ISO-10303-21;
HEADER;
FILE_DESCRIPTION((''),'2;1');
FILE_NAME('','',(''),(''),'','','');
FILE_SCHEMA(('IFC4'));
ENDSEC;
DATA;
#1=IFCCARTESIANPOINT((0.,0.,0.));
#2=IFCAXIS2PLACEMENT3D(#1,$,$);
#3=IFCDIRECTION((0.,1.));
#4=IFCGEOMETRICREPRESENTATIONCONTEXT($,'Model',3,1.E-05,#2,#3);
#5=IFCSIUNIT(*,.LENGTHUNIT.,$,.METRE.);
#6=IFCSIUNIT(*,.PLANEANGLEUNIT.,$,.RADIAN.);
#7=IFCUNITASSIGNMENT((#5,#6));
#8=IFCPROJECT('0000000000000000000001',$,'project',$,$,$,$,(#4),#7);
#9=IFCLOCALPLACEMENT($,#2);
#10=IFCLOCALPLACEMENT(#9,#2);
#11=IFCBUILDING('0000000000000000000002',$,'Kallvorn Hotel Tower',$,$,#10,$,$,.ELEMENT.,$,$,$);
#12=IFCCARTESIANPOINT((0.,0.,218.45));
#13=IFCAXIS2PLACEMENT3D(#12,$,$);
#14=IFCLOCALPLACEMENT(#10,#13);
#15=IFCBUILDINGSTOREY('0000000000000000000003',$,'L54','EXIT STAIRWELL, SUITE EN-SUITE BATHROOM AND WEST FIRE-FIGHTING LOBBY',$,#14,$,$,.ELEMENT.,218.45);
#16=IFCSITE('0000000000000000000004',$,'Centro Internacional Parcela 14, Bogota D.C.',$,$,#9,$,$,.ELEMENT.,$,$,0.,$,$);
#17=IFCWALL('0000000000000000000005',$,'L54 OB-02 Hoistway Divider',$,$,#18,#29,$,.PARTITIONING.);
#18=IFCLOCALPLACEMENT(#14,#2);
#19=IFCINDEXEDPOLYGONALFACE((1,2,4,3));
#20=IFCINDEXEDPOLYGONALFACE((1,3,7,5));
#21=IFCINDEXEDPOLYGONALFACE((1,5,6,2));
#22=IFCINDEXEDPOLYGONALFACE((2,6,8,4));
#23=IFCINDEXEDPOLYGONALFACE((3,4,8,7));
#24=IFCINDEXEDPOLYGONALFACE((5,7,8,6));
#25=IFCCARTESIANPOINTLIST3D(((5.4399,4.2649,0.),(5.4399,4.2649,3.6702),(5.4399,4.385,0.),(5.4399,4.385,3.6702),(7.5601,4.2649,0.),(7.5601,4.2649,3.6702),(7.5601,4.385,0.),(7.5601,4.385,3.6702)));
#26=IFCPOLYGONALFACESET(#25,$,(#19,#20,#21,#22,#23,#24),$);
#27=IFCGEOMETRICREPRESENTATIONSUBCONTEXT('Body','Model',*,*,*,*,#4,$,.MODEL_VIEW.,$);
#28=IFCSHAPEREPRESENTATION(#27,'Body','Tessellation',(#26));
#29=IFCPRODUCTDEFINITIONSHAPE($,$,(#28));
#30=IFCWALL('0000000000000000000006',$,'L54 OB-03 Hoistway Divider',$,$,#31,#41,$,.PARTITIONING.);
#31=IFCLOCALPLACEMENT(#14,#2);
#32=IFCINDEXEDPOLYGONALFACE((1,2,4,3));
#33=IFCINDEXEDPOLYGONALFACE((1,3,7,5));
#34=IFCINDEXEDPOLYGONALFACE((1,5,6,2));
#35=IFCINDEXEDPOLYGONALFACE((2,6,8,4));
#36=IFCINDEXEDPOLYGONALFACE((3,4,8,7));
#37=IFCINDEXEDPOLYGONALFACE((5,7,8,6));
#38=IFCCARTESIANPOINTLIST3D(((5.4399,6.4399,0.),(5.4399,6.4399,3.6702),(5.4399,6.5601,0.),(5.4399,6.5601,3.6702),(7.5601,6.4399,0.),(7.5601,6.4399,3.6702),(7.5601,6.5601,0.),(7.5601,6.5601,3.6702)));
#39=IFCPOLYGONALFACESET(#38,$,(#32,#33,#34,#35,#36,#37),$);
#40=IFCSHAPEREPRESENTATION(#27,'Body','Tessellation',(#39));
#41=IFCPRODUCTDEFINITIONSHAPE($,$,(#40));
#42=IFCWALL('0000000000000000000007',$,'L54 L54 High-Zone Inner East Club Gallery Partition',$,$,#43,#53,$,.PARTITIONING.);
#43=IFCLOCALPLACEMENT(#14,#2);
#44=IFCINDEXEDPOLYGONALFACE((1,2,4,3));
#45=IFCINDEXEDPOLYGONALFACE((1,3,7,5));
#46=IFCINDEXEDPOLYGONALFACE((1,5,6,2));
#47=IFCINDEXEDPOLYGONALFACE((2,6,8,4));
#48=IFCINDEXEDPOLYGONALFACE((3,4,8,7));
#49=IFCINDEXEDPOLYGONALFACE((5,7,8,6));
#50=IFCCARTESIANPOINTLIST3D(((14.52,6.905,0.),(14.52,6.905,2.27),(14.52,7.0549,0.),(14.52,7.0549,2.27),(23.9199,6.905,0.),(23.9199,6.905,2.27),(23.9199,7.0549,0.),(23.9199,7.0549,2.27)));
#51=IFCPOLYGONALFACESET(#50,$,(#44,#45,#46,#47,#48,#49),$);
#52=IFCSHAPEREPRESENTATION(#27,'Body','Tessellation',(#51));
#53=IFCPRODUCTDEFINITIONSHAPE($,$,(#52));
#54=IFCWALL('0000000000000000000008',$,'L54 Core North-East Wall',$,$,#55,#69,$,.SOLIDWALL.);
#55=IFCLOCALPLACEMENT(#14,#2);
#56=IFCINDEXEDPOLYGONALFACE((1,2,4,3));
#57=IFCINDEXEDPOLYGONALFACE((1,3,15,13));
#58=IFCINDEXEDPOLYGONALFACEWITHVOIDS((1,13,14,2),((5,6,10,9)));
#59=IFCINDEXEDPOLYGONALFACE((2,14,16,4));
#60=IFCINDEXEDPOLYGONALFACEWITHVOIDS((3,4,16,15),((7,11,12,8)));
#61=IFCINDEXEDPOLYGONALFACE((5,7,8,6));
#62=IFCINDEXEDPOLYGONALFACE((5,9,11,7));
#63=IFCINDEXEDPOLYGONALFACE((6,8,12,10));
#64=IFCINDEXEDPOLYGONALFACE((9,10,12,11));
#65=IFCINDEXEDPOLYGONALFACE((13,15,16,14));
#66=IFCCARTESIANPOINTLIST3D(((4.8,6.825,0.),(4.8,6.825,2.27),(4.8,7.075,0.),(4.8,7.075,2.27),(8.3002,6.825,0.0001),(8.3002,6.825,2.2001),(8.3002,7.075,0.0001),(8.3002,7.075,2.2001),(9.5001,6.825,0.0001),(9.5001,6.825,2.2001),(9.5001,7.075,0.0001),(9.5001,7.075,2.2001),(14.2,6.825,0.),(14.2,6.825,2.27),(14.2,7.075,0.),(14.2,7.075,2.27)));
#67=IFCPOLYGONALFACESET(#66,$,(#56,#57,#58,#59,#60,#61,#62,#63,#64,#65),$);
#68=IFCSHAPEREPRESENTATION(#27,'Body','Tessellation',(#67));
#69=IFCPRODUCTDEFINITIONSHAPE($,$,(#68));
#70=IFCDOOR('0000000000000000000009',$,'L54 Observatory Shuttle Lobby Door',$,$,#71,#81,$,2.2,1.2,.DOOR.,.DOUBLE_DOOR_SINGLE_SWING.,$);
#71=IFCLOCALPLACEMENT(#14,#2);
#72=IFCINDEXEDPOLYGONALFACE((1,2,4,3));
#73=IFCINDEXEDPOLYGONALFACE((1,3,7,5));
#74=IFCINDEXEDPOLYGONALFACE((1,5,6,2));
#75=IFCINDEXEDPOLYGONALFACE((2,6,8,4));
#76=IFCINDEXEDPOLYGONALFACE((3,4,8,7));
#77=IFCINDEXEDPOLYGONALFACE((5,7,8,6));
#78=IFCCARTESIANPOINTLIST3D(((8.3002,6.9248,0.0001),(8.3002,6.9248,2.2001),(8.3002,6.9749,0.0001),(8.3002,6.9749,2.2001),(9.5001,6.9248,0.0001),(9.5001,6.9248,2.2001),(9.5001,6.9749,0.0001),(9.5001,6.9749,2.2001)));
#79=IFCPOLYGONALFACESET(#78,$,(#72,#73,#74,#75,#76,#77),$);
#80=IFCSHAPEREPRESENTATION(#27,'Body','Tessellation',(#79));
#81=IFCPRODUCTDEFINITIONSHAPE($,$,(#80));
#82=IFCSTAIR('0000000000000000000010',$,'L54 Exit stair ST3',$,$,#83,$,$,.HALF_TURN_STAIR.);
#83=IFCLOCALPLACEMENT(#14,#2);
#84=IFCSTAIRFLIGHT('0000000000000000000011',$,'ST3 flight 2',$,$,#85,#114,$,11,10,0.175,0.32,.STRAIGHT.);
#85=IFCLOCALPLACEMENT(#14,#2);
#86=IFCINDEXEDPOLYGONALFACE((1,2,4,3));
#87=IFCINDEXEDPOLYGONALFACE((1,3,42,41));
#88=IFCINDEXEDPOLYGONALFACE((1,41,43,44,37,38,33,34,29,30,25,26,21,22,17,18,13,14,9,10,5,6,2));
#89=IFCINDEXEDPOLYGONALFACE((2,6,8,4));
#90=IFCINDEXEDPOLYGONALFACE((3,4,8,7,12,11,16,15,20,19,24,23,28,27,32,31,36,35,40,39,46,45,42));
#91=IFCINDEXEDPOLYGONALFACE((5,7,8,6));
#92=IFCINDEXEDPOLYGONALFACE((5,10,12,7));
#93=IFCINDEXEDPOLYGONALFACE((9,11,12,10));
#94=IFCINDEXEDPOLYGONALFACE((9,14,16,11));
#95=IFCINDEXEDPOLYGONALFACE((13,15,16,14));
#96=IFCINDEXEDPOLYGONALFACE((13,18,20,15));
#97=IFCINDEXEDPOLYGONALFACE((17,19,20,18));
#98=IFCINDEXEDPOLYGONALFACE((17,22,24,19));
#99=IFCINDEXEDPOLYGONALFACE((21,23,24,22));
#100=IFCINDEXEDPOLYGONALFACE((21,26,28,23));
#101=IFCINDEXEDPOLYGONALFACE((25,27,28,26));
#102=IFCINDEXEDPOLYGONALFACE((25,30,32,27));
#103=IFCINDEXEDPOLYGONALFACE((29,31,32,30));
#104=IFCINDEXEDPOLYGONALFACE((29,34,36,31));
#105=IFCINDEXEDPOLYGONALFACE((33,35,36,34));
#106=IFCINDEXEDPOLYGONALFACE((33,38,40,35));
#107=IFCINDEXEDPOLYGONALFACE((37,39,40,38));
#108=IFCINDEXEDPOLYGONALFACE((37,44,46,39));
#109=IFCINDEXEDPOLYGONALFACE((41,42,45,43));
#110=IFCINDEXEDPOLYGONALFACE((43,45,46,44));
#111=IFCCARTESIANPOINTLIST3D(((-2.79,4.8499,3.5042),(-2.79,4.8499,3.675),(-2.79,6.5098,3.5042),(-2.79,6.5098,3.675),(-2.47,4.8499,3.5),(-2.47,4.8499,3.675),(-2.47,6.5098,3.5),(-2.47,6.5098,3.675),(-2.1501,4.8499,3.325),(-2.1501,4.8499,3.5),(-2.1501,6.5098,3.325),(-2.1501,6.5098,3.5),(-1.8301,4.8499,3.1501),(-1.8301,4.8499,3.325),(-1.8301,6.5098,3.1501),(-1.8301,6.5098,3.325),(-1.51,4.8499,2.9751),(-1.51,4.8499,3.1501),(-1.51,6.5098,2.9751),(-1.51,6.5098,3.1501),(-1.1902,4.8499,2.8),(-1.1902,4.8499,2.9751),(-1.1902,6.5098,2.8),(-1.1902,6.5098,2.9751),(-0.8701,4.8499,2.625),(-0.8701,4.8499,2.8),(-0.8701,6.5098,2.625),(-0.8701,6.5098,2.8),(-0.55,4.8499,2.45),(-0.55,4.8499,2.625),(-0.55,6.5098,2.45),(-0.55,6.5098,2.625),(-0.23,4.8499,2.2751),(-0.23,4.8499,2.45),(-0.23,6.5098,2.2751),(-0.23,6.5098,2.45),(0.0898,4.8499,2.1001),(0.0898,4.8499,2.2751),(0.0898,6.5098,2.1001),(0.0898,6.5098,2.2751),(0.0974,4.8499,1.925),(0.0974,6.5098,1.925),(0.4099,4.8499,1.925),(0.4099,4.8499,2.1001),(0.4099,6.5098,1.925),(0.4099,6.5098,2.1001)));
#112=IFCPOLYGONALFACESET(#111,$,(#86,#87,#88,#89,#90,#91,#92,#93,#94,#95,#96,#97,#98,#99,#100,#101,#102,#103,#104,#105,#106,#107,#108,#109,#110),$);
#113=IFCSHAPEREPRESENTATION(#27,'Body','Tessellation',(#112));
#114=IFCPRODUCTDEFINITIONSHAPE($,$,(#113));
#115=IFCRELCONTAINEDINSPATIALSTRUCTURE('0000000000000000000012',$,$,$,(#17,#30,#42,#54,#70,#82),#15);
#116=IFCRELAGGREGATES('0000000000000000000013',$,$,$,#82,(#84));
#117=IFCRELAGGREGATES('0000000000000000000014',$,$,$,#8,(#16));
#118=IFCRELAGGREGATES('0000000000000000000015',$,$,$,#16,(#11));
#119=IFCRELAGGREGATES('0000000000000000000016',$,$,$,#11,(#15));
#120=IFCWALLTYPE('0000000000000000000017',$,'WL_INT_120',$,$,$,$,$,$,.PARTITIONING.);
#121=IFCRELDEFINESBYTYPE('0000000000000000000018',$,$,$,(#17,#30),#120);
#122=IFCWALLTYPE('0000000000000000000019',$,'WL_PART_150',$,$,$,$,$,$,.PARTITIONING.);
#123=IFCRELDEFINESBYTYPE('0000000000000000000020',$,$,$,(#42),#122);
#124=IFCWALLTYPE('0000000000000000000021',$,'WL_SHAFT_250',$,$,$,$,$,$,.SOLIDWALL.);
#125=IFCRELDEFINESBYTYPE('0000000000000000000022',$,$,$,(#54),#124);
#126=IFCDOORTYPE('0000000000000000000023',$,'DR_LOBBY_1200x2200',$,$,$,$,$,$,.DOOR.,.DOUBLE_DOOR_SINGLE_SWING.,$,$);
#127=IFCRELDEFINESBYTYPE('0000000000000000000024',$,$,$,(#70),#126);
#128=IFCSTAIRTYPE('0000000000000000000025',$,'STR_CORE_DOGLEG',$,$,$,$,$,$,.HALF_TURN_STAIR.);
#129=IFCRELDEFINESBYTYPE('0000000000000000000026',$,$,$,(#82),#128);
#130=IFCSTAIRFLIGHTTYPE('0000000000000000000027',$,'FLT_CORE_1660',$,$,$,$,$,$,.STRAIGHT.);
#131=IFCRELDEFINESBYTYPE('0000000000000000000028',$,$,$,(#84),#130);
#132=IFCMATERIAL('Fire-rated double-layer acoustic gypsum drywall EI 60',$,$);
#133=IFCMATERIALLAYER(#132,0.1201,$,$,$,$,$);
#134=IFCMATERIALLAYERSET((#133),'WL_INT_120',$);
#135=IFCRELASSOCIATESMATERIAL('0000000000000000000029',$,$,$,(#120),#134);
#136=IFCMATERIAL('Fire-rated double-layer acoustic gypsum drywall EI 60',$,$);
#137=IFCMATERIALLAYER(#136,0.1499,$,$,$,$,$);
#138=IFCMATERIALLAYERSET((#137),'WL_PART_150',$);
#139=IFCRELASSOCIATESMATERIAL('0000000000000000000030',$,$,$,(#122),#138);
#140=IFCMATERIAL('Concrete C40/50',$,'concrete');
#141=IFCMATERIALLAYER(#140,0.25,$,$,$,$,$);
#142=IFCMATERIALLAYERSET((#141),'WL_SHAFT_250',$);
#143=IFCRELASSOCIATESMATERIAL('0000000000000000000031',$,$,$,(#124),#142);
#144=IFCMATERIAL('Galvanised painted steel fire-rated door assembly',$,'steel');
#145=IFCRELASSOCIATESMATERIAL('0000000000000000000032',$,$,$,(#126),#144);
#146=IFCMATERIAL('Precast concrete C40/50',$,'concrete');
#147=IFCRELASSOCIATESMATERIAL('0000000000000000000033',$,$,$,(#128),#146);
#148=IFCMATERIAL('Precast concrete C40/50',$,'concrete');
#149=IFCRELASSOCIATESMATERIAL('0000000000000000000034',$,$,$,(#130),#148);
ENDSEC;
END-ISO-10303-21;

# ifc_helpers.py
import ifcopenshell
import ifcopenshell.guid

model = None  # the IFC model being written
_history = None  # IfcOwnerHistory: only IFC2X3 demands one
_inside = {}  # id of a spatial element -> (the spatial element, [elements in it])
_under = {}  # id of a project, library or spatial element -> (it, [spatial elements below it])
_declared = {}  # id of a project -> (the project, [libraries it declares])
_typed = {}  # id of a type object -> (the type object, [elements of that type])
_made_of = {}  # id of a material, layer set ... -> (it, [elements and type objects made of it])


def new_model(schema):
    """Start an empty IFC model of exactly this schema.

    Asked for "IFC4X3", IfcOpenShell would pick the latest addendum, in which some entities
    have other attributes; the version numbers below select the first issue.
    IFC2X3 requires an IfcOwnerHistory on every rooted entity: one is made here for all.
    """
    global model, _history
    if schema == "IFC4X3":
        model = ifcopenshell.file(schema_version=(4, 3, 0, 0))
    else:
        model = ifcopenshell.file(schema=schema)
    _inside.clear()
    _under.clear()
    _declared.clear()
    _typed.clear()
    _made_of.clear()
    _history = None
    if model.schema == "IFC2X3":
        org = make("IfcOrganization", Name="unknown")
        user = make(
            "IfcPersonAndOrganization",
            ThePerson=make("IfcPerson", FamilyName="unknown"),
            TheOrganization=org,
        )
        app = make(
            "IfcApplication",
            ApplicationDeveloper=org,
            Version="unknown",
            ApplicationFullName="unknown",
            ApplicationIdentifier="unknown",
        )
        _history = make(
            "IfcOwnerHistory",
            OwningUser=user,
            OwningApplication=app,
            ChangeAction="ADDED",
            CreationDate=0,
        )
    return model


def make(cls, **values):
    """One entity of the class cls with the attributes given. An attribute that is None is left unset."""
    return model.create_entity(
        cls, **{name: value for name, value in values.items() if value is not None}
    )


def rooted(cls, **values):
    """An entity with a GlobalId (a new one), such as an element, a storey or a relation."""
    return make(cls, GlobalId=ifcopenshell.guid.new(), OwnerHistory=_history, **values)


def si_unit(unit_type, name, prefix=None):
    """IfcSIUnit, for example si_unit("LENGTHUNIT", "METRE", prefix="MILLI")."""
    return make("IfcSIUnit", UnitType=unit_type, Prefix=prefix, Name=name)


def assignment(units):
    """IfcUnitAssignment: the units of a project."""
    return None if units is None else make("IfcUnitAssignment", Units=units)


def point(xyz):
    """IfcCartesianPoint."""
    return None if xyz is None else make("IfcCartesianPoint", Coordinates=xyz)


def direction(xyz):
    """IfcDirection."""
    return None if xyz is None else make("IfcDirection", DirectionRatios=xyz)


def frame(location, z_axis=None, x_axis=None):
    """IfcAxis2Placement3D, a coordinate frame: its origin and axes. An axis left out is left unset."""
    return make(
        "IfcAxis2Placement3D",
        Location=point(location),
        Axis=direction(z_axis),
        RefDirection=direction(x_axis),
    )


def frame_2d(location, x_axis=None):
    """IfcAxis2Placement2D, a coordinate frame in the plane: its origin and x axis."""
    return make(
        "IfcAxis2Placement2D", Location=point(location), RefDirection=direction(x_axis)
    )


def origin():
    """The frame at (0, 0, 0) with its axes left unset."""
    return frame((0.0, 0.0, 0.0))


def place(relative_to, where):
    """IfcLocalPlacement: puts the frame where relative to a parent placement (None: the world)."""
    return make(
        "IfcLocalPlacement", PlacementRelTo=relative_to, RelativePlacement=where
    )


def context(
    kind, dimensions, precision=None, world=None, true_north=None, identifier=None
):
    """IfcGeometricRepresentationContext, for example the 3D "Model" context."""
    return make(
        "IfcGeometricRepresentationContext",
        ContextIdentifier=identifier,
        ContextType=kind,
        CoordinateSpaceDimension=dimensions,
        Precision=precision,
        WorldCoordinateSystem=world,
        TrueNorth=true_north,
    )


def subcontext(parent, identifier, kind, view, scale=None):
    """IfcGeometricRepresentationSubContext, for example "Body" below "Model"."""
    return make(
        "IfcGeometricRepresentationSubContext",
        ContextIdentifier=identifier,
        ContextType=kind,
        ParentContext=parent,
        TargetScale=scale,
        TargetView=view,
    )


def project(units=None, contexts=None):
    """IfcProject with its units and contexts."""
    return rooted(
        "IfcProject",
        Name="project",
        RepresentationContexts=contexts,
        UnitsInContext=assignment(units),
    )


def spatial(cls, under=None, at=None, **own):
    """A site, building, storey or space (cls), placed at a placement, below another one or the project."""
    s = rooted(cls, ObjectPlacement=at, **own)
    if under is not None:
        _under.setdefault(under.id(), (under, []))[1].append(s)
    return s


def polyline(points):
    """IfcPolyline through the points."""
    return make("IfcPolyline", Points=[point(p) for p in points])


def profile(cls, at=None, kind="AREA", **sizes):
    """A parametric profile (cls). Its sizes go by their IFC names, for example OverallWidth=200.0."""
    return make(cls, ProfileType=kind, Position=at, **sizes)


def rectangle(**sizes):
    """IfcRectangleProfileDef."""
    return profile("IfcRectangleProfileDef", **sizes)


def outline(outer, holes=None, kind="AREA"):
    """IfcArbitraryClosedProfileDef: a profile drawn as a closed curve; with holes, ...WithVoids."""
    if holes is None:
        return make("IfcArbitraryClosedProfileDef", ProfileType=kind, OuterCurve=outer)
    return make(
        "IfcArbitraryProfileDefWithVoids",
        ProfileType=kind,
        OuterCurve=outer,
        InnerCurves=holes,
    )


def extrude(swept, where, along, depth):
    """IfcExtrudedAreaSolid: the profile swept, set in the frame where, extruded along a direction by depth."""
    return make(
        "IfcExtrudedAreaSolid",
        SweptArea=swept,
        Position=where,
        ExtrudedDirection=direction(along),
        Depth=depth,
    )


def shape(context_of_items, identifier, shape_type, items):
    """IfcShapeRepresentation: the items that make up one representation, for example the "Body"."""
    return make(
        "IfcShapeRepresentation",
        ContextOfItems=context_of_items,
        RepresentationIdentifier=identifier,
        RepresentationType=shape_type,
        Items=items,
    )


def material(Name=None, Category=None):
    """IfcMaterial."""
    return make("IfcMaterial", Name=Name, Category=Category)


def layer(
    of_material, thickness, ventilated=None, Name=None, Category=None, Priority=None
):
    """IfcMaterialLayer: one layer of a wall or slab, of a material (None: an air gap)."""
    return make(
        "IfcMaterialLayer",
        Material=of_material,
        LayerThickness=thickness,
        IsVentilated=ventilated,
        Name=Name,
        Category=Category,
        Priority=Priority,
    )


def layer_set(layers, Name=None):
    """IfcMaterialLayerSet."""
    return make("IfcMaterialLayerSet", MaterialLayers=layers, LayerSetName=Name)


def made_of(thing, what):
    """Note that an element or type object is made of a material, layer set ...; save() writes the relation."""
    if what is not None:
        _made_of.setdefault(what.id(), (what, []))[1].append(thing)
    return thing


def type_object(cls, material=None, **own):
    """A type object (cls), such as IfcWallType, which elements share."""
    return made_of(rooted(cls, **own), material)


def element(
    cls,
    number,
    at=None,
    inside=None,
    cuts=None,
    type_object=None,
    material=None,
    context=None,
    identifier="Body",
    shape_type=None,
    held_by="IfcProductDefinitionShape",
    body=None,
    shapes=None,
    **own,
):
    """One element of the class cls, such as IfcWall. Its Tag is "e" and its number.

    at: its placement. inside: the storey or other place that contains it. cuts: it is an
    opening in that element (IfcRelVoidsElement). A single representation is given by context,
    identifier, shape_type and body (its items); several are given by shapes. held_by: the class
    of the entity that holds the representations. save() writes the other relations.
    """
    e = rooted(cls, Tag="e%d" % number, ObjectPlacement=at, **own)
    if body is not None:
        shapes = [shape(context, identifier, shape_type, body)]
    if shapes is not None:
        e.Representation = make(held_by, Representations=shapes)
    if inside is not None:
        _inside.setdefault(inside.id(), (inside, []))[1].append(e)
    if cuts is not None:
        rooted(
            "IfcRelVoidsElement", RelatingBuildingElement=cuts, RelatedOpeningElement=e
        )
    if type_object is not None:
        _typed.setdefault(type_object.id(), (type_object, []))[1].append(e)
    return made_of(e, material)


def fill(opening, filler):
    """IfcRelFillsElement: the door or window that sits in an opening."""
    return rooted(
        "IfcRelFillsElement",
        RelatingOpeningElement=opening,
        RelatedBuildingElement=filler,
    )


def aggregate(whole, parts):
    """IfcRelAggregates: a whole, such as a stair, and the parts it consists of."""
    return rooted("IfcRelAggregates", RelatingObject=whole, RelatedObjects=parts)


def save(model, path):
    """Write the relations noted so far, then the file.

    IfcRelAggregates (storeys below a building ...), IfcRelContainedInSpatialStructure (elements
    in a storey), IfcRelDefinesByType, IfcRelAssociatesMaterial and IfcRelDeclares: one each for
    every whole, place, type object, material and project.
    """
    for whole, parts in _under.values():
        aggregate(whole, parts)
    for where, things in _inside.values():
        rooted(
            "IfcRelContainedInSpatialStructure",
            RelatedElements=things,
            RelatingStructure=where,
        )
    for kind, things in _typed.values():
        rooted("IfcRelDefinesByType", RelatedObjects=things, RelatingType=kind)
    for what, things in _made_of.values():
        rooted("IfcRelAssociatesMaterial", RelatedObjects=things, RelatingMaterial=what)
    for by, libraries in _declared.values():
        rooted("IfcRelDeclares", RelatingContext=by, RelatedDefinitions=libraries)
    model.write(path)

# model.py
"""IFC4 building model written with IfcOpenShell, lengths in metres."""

from ifc_helpers import new_model, si_unit, direction, frame, frame_2d, origin, place, context, subcontext, project, spatial, polyline, rectangle, outline, extrude, material, layer, layer_set, type_object, element, fill, aggregate, save


model = new_model("IFC4")

# Units and contexts
model_context = context("Model", 3, precision=1e-05, world=origin(), true_north=direction((0.0, 1.0)))
body_context = subcontext(model_context, "Body", "Model", "MODEL_VIEW")
ifc_project = project(units=[si_unit("LENGTHUNIT", "METRE"), si_unit("PLANEANGLEUNIT", "RADIAN")], contexts=[model_context])

# Site, building, storey
site_placement = place(None, origin())
site = spatial("IfcSite", under=ifc_project, at=site_placement, Name="Centro Internacional Parcela 14, Bogota D.C.", CompositionType="ELEMENT", RefElevation=0.0)
building_placement = place(site_placement, origin())
building = spatial("IfcBuilding", under=site, at=building_placement, Name="Kallvorn Hotel Tower", CompositionType="ELEMENT")
storey_placement = place(building_placement, frame((0.0, 0.0, 218.45)))
storey = spatial("IfcBuildingStorey", under=building, at=storey_placement, Name="L54", Description="EXIT STAIRWELL, SUITE EN-SUITE BATHROOM AND WEST FIRE-FIGHTING LOBBY", CompositionType="ELEMENT", Elevation=218.45)

# Walls
ifc_material_1 = material(Name="Fire-rated double-layer acoustic gypsum drywall EI 60")
ifc_layer_1 = layer(ifc_material_1, 0.1201)
ifc_layer_set_1 = layer_set([ifc_layer_1], Name="WL_INT_120")
wall_type_1 = type_object("IfcWallType", Name="WL_INT_120", PredefinedType="PARTITIONING", material=ifc_layer_set_1)
for number, where, z_axis, x_axis, name in (
    (1, (5.4399, 4.325, 0.0), (0.0, 0.0, 1.0), (1.0, 0.0, 0.0), "L54 OB-02 Hoistway Divider"),
    (2, (5.4399, 6.5, 0.0), (0.0, 0.0, 1.0), (1.0, 0.0, 0.0), "L54 OB-03 Hoistway Divider"),
):
    element("IfcWall", number, at=place(storey_placement, frame(where, z_axis=z_axis, x_axis=x_axis)), inside=storey, type_object=wall_type_1, Name=name, PredefinedType="PARTITIONING", context=body_context, shape_type="SweptSolid", body=[
        extrude(rectangle(XDim=2.1201, YDim=0.1201, at=frame_2d((1.0601, 0.0))), origin(), (0.0, 0.0, 1.0), 3.6702),
    ])
ifc_material_2 = material(Name="Fire-rated double-layer acoustic gypsum drywall EI 60")
ifc_layer_2 = layer(ifc_material_2, 0.1499)
ifc_layer_set_2 = layer_set([ifc_layer_2], Name="WL_PART_150")
wall_type_2 = type_object("IfcWallType", Name="WL_PART_150", PredefinedType="PARTITIONING", material=ifc_layer_set_2)
wall_1_placement = place(storey_placement, frame((14.52, 6.98, 0.0), z_axis=(0.0, 0.0, 1.0), x_axis=(1.0, 0.0, 0.0)))
element("IfcWall", 3, at=wall_1_placement, inside=storey, type_object=wall_type_2, Name="L54 L54 High-Zone Inner East Club Gallery Partition", PredefinedType="PARTITIONING", context=body_context, shape_type="SweptSolid", body=[
    extrude(rectangle(XDim=9.3999, YDim=0.1499, at=frame_2d((4.7, 0.0))), origin(), (0.0, 0.0, 1.0), 2.27),
])

# Wall, opening, door
ifc_material_3 = material(Name="Concrete C40/50", Category="concrete")
ifc_layer_3 = layer(ifc_material_3, 0.25)
ifc_layer_set_3 = layer_set([ifc_layer_3], Name="WL_SHAFT_250")
wall_type_3 = type_object("IfcWallType", Name="WL_SHAFT_250", PredefinedType="SOLIDWALL", material=ifc_layer_set_3)
wall_2_placement = place(storey_placement, frame((4.8, 6.95, 0.0), z_axis=(0.0, 0.0, 1.0), x_axis=(1.0, 0.0, 0.0)))
wall_2 = element("IfcWall", 4, at=wall_2_placement, inside=storey, type_object=wall_type_3, Name="L54 Core North-East Wall", PredefinedType="SOLIDWALL", context=body_context, shape_type="SweptSolid", body=[
    extrude(rectangle(XDim=9.3999, YDim=0.25, at=frame_2d((4.7, 0.0))), origin(), (0.0, 0.0, 1.0), 2.27),
])
opening_1_placement = place(wall_2_placement, frame((3.5, 0.0, 0.0)))
opening_1 = element("IfcOpeningElement", 5, at=opening_1_placement, cuts=wall_2, PredefinedType="OPENING", context=body_context, shape_type="SweptSolid", body=[
    extrude(rectangle(XDim=1.2, YDim=2.2, at=frame_2d((0.6001, 1.1001))), frame((0.0, 0.1399, 0.0), z_axis=(0.0, -1.0, 0.0), x_axis=(1.0, 0.0, 0.0)), (0.0, 0.0, 1.0), 0.28),
])
ifc_material_4 = material(Name="Galvanised painted steel fire-rated door assembly", Category="steel")
door_type_1 = type_object("IfcDoorType", Name="DR_LOBBY_1200x2200", OperationType="DOUBLE_DOOR_SINGLE_SWING", PredefinedType="DOOR", material=ifc_material_4)
door_1_placement = place(opening_1_placement, origin())
door_1 = element("IfcDoor", 6, at=door_1_placement, inside=storey, type_object=door_type_1, Name="L54 Observatory Shuttle Lobby Door", OperationType="DOUBLE_DOOR_SINGLE_SWING", OverallHeight=2.2, OverallWidth=1.2, PredefinedType="DOOR", context=body_context, shape_type="SweptSolid", body=[
    extrude(rectangle(XDim=1.2, YDim=2.2, at=frame_2d((0.6001, 1.1001))), frame((0.0, 0.0249, 0.0), z_axis=(0.0, -1.0, 0.0), x_axis=(1.0, 0.0, 0.0)), (0.0, 0.0, 1.0), 0.05),
])
fill(opening_1, door_1)

# Stair, stair flight
ifc_material_5 = material(Name="Precast concrete C40/50", Category="concrete")
stair_type = type_object("IfcStairType", Name="STR_CORE_DOGLEG", PredefinedType="HALF_TURN_STAIR", material=ifc_material_5)
stair_placement = place(storey_placement, origin())
stair = element("IfcStair", 7, at=stair_placement, inside=storey, type_object=stair_type, Name="L54 Exit stair ST3", PredefinedType="HALF_TURN_STAIR")
ifc_material_6 = material(Name="Precast concrete C40/50", Category="concrete")
stair_flight_type = type_object("IfcStairFlightType", Name="FLT_CORE_1660", PredefinedType="STRAIGHT", material=ifc_material_6)
stair_flight_placement = place(storey_placement, frame((0.4099, 5.6799, 1.925), z_axis=(0.0, 0.0, 1.0), x_axis=(-1.0, 0.0, 0.0)))
stair_flight = element("IfcStairFlight", 8, at=stair_flight_placement, type_object=stair_flight_type, Name="ST3 flight 2", NumberOfRisers=11, NumberOfTreads=10, PredefinedType="STRAIGHT", RiserHeight=0.175, TreadLength=0.32, context=body_context, shape_type="SweptSolid", body=[
    extrude(outline(polyline([(0.0, 0.0), (0.0, 0.175), (0.3201, 0.175), (0.3201, 0.3501), (0.6399, 0.3501), (0.6399, 0.5249), (0.96, 0.5249), (0.96, 0.7), (1.28, 0.7), (1.28, 0.875), (1.6001, 0.875), (1.6001, 1.05), (1.9199, 1.05), (1.9199, 1.2251), (2.24, 1.2251), (2.24, 1.3999), (2.5601, 1.3999), (2.5601, 1.575), (2.8799, 1.575), (2.8799, 1.75), (3.2, 1.75), (3.2, 1.925), (3.2, 1.5791), (0.3125, 0.0), (0.0, 0.0)])), frame((0.0, 0.8301, 0.0), z_axis=(0.0, -1.0, 0.0), x_axis=(1.0, 0.0, 0.0)), (0.0, 0.0, 1.0), 1.6599),
])
aggregate(stair, [stair_flight])

save(model, "model.ifc")
